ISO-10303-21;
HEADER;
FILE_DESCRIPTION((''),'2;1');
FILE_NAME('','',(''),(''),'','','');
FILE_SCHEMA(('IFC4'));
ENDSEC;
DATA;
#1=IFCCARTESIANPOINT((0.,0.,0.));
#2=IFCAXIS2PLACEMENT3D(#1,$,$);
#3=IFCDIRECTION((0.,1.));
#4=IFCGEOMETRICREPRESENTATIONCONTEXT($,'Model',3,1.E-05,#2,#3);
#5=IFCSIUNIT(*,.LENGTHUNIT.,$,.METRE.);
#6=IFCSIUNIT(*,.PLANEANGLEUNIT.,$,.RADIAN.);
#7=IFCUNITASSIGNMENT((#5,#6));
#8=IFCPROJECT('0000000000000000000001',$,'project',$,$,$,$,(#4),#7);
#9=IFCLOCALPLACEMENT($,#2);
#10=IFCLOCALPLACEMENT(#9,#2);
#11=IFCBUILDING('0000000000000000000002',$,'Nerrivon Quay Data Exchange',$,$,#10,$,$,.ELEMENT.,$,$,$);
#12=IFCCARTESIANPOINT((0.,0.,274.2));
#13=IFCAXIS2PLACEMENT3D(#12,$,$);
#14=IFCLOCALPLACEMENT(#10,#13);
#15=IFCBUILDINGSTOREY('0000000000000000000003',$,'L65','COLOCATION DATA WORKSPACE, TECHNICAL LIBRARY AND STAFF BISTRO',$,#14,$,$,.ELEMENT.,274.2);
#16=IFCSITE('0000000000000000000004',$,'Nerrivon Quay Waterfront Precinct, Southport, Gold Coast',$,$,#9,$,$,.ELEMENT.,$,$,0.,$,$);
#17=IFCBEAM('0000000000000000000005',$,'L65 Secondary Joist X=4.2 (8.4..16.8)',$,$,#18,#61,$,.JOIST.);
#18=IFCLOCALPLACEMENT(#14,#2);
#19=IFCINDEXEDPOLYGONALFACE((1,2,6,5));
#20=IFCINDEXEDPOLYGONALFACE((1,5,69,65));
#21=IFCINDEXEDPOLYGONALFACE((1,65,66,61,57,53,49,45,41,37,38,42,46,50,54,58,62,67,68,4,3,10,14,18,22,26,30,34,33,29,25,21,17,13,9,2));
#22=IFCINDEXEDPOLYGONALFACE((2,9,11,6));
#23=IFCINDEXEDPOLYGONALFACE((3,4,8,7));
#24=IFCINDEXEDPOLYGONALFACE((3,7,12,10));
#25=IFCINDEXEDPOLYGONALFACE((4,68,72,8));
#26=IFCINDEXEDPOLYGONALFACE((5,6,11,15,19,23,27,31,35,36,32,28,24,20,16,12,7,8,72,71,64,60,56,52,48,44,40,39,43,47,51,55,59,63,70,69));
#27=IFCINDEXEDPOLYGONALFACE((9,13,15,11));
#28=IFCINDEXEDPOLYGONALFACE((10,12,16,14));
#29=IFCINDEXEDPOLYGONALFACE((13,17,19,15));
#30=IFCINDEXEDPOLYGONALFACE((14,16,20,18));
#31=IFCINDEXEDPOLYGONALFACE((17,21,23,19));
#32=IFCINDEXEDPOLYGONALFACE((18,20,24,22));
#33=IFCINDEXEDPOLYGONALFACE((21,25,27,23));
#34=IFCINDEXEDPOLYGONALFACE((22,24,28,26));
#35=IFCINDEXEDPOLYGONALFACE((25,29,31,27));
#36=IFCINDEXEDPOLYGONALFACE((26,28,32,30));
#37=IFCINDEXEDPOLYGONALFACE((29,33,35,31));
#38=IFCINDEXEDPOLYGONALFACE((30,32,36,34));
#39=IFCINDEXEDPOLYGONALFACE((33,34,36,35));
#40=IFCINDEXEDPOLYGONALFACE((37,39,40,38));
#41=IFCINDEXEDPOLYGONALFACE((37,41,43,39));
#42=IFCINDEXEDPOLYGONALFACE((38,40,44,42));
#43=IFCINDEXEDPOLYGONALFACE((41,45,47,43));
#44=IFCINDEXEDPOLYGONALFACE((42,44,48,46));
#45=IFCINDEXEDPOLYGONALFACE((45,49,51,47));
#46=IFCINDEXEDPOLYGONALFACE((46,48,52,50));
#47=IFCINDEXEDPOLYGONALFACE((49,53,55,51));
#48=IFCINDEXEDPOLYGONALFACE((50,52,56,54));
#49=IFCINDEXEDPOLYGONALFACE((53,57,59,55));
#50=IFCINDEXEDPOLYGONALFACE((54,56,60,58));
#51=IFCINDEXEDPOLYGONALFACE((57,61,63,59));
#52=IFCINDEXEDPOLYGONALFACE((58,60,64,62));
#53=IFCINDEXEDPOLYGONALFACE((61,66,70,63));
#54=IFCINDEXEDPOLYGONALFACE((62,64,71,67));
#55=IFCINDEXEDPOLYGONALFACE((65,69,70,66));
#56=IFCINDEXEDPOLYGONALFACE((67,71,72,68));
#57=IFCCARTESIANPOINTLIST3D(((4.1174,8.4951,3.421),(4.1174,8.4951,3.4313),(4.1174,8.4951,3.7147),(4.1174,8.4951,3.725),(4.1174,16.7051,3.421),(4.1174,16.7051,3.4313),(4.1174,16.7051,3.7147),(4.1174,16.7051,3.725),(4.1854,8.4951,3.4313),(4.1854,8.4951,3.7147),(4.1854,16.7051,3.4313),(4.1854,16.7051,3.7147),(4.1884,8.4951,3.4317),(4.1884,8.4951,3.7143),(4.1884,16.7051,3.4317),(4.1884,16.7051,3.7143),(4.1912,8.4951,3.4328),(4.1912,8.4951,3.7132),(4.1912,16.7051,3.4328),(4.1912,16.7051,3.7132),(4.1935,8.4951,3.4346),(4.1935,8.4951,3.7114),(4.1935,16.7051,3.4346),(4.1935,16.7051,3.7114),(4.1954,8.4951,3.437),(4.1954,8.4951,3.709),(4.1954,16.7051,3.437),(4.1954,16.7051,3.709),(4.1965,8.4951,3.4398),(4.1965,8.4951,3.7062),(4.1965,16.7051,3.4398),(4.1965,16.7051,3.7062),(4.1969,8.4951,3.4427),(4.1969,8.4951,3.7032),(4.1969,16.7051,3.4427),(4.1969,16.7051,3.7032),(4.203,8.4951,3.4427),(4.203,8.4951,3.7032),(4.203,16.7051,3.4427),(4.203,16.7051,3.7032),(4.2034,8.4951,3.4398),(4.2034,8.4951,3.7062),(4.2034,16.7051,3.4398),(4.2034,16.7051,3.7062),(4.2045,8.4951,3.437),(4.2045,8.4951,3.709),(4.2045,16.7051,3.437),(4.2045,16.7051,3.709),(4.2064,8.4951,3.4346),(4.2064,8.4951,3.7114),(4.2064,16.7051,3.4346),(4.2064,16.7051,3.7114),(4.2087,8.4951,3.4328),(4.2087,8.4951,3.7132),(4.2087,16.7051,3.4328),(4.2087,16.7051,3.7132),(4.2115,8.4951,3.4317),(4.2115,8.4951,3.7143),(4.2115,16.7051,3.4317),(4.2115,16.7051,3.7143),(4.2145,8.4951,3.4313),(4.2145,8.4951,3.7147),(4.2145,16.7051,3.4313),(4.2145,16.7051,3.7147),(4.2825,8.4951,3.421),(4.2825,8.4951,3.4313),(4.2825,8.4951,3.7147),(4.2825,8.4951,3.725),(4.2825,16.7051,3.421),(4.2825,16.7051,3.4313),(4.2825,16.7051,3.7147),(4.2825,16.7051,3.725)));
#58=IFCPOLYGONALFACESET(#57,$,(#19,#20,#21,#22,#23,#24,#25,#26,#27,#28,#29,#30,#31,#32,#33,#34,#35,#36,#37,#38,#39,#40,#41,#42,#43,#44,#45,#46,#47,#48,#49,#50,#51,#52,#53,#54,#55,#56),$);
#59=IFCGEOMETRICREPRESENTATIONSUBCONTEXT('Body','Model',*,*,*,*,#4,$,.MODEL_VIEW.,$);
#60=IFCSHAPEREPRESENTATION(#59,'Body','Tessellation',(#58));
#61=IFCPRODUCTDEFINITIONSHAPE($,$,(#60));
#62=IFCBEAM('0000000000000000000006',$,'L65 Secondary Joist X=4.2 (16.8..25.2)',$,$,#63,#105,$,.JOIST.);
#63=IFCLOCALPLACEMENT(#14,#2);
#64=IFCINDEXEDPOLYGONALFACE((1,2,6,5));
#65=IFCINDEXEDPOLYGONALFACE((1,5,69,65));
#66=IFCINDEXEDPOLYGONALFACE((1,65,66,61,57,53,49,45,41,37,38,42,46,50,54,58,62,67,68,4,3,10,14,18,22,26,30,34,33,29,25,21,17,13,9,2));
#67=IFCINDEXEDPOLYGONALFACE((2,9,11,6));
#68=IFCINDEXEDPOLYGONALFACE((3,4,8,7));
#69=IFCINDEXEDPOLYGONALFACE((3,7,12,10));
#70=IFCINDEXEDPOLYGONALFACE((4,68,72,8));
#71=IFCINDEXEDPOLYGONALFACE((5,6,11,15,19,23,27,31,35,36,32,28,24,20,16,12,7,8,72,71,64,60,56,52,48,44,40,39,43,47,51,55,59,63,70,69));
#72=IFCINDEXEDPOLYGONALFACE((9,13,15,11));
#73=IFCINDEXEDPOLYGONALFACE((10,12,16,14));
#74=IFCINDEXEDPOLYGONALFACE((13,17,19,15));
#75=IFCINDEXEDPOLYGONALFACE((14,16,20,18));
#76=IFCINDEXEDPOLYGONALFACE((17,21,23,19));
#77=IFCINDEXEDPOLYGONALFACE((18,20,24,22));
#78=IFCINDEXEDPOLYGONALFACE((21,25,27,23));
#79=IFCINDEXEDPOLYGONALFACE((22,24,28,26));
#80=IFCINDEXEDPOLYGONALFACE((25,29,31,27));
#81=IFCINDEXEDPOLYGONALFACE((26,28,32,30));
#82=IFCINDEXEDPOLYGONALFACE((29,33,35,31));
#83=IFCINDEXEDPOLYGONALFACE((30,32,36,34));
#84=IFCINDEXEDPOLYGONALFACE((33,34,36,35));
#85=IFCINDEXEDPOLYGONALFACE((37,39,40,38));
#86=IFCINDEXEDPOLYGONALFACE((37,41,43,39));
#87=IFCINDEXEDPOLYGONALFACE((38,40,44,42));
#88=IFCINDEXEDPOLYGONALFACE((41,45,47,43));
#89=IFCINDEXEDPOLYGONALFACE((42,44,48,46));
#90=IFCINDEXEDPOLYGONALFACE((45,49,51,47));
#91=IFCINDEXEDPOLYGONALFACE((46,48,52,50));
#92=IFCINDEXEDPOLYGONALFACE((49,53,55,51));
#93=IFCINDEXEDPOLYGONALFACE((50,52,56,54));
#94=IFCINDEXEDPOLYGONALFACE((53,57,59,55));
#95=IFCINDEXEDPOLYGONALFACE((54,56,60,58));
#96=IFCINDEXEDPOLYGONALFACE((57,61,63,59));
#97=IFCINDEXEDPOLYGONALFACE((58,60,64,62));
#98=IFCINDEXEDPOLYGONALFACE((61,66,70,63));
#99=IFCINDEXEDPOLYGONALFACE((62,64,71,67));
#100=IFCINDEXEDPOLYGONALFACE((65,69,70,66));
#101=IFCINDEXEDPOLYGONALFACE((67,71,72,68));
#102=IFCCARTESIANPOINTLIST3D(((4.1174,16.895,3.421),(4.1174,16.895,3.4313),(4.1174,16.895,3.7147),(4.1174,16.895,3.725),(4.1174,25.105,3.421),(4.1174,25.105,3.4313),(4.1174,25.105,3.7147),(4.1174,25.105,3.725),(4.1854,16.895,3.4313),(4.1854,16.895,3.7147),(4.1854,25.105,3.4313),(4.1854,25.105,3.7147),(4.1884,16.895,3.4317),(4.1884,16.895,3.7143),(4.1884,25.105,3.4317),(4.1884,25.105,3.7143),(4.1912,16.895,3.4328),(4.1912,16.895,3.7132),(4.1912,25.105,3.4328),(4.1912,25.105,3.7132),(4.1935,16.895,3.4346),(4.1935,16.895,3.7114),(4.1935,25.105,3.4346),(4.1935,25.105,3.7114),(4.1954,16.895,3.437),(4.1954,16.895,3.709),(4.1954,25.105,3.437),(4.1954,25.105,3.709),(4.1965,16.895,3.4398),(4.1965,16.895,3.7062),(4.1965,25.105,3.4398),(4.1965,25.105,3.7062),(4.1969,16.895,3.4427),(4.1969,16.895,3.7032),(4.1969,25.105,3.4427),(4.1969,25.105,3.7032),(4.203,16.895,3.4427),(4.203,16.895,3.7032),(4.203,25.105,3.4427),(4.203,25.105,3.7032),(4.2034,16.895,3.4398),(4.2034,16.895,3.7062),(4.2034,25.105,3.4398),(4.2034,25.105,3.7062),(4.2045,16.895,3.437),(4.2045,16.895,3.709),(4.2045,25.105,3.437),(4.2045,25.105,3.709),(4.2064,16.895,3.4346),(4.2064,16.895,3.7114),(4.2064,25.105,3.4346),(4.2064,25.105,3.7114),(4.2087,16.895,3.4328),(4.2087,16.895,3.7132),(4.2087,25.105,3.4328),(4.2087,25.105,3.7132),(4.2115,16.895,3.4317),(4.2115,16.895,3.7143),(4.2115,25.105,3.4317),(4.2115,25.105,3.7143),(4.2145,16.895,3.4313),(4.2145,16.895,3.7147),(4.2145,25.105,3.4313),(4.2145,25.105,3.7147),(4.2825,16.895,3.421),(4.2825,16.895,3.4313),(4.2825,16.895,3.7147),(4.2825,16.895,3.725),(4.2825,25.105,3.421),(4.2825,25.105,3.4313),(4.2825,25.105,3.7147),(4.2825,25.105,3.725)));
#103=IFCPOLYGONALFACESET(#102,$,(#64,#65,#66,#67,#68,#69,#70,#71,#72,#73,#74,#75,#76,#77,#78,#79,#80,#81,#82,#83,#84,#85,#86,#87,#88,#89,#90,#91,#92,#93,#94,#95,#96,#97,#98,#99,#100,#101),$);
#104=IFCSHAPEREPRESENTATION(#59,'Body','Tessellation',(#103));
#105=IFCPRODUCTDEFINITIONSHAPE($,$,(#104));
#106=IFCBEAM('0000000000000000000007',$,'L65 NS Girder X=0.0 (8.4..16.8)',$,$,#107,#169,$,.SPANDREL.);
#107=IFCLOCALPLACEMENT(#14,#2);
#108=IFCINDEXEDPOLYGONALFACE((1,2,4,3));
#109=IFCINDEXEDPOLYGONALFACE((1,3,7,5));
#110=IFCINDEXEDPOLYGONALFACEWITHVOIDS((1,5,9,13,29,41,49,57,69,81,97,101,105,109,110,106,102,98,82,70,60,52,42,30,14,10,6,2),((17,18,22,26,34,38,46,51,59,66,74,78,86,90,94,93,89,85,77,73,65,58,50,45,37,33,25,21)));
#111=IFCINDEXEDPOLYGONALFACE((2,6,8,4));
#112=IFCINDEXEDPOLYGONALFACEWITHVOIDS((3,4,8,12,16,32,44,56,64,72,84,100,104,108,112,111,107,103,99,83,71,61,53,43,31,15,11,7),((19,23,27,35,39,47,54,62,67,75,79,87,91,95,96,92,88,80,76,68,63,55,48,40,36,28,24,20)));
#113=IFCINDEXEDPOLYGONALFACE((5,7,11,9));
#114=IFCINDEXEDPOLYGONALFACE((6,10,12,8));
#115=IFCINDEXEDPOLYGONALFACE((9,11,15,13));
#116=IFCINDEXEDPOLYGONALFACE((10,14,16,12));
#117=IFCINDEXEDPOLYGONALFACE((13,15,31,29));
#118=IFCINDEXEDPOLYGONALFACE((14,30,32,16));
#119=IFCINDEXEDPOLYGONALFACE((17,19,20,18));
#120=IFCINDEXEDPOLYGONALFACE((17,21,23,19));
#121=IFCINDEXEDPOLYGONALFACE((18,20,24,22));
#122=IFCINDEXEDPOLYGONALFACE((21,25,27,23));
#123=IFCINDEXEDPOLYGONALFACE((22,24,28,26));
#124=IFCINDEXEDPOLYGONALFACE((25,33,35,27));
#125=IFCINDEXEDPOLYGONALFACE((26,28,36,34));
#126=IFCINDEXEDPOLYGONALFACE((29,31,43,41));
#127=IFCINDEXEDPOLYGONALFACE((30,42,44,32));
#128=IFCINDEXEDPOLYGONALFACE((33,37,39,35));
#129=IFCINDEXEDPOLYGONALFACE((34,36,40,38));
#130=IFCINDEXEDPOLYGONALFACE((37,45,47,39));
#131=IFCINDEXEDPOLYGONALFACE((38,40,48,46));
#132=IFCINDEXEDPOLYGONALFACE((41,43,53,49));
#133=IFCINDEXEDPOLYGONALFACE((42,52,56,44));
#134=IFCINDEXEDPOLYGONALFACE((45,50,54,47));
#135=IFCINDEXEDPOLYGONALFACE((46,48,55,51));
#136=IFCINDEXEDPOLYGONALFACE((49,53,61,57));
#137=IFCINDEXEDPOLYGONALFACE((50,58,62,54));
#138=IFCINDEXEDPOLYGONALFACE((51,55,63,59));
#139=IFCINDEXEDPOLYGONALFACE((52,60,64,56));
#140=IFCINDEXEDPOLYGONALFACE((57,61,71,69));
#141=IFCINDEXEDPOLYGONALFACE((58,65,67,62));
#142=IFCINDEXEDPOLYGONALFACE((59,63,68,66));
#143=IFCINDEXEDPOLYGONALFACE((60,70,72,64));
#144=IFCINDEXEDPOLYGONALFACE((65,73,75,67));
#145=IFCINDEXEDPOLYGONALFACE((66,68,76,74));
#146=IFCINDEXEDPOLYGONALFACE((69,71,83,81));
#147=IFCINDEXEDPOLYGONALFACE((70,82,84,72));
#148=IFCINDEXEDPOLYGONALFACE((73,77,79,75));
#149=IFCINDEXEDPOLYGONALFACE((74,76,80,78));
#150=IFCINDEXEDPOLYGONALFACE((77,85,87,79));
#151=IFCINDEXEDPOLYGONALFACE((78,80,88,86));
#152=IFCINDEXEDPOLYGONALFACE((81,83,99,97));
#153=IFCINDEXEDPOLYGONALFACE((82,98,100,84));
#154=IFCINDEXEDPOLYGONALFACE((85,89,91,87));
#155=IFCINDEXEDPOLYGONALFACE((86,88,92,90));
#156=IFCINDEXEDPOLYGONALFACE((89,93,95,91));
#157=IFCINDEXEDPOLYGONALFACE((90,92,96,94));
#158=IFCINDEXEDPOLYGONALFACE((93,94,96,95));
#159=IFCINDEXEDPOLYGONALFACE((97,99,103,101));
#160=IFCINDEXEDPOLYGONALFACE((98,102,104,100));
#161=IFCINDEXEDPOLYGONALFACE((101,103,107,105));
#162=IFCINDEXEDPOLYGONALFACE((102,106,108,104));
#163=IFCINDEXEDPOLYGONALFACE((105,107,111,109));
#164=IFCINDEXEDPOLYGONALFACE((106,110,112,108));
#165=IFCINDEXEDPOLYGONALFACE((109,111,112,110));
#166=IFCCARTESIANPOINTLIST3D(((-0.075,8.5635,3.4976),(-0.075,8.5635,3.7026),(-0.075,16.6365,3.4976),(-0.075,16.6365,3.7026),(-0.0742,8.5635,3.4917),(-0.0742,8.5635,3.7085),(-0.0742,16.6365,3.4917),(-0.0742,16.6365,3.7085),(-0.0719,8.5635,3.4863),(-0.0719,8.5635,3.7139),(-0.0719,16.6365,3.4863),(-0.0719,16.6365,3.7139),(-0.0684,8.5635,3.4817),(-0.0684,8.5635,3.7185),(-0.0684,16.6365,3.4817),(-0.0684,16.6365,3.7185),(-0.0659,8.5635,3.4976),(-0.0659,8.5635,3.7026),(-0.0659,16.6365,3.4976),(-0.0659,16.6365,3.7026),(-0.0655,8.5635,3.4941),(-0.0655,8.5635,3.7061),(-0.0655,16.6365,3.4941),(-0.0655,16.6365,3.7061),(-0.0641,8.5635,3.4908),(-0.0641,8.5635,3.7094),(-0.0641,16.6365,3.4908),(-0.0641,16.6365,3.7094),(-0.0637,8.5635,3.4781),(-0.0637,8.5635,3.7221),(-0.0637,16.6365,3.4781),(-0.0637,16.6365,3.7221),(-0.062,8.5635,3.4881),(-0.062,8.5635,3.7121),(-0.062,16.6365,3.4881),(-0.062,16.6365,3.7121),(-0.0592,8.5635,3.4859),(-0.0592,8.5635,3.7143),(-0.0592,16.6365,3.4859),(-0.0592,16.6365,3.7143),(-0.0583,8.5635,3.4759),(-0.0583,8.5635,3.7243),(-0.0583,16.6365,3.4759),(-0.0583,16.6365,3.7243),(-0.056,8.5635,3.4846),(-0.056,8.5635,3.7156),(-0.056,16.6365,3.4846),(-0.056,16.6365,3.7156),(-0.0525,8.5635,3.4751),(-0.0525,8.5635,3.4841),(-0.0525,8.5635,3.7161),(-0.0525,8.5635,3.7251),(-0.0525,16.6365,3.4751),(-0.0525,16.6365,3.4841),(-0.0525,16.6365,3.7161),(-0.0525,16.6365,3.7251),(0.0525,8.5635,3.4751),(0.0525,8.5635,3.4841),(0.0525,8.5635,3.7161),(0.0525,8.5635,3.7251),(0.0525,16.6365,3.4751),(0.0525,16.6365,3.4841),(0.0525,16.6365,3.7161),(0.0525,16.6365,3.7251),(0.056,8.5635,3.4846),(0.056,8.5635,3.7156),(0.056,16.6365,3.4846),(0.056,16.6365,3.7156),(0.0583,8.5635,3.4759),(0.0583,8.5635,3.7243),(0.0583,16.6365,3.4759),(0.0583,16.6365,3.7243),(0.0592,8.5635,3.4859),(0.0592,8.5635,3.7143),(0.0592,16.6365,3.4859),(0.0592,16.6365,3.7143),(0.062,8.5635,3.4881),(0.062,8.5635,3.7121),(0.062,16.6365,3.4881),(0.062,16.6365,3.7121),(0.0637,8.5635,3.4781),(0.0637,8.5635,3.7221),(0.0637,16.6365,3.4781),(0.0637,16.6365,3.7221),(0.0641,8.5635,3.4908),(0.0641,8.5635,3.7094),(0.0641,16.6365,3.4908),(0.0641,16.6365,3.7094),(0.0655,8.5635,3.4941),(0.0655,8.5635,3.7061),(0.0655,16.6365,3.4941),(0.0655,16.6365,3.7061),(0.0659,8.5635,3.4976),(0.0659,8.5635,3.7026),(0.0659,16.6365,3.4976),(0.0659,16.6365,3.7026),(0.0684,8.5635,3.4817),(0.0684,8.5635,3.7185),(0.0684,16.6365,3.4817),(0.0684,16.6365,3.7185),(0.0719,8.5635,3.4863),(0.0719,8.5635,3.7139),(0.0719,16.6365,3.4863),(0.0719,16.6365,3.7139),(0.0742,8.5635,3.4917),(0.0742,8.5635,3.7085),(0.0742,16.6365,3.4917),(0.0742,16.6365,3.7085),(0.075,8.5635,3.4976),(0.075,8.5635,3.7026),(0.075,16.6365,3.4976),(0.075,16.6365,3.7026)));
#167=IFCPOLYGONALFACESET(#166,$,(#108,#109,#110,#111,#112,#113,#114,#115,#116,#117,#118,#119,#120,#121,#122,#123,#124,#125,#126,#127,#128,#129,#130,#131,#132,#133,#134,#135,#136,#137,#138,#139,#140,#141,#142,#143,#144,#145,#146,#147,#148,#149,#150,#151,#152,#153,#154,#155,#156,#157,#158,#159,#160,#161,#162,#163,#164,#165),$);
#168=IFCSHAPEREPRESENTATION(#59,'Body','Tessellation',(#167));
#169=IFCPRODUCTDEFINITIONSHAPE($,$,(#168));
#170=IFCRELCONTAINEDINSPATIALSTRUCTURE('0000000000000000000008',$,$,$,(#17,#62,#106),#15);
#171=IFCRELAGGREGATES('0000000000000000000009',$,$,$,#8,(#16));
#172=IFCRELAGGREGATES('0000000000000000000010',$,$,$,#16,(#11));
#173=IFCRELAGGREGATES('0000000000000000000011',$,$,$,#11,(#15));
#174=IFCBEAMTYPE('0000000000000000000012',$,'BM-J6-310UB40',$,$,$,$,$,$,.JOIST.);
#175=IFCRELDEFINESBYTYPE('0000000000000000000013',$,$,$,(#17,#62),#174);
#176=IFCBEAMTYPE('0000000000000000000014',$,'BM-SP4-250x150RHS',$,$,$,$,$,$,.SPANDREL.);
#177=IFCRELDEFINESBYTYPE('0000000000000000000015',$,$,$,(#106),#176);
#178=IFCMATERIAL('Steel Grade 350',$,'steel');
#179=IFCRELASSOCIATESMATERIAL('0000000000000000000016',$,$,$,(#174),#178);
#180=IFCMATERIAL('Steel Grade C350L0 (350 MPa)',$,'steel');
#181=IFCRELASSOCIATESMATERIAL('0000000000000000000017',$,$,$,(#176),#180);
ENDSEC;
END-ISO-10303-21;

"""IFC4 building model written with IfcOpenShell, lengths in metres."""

from ifc_helpers import new_model, si_unit, direction, frame, origin, origin_2d, place, context, subcontext, project, spatial, hollow_rectangle, i_section, extrude, material, material_profile, profile_set, type_object, element, save


model = new_model("IFC4")

# Units and contexts
model_context = context("Model", 3, precision=1e-05, world=origin(), true_north=direction((0.0, 1.0)))
body_context = subcontext(model_context, "Body", "Model", "MODEL_VIEW")
ifc_project = project(units=[si_unit("LENGTHUNIT", "METRE"), si_unit("PLANEANGLEUNIT", "RADIAN")], contexts=[model_context])

# Site, building, storey
site_placement = place(None, origin())
site = spatial("IfcSite", under=ifc_project, at=site_placement, Name="Nerrivon Quay Waterfront Precinct, Southport, Gold Coast", CompositionType="ELEMENT", RefElevation=0.0)
building_placement = place(site_placement, origin())
building = spatial("IfcBuilding", under=site, at=building_placement, Name="Nerrivon Quay Data Exchange", CompositionType="ELEMENT")
storey_placement = place(building_placement, frame((0.0, 0.0, 274.2)))
storey = spatial("IfcBuildingStorey", under=building, at=storey_placement, Name="L65", Description="COLOCATION DATA WORKSPACE, TECHNICAL LIBRARY AND STAFF BISTRO", CompositionType="ELEMENT", Elevation=274.2)

# Shared definitions
ifc_material_1 = material(Name="Steel Grade 350", Category="steel")

# Beams
ifc_material_profile_1 = material_profile(ifc_material_1, i_section(OverallWidth=0.165, OverallDepth=0.304, WebThickness=0.0061, FlangeThickness=0.0103, FilletRadius=0.0115, at=origin_2d()), Name="310UB40.4")
ifc_profile_set_1 = profile_set([ifc_material_profile_1], Name="Steel Grade 350")
beam_type_1 = type_object("IfcBeamType", Name="BM-J6-310UB40", PredefinedType="JOIST", material=ifc_profile_set_1)
for number, where, z_axis, x_axis, name in (
    (1, (4.2, 8.4951, 3.573), (0.0, 1.0, 0.0), (-1.0, 0.0, 0.0), "L65 Secondary Joist X=4.2 (8.4..16.8)"),
    (2, (4.2, 16.895, 3.573), (0.0, 1.0, 0.0), (-1.0, 0.0, 0.0), "L65 Secondary Joist X=4.2 (16.8..25.2)"),
):
    element("IfcBeam", number, at=place(storey_placement, frame(where, z_axis=z_axis, x_axis=x_axis)), inside=storey, type_object=beam_type_1, Name=name, PredefinedType="JOIST", context=body_context, shape_type="SweptSolid", body=[
        extrude(i_section(OverallWidth=0.165, OverallDepth=0.304, WebThickness=0.0061, FlangeThickness=0.0103, FilletRadius=0.0115, at=origin_2d()), origin(), (0.0, 0.0, 1.0), 8.21),
    ])
ifc_material_2 = material(Name="Steel Grade C350L0 (350 MPa)", Category="steel")
ifc_material_profile_2 = material_profile(ifc_material_2, hollow_rectangle(XDim=0.1499, YDim=0.25, WallThickness=0.009, InnerFilletRadius=0.0134, OuterFilletRadius=0.0225, at=origin_2d()), Name="250x150x9.0RHS")
ifc_profile_set_2 = profile_set([ifc_material_profile_2], Name="Steel Grade C350L0 (350 MPa)")
beam_type_2 = type_object("IfcBeamType", Name="BM-SP4-250x150RHS", PredefinedType="SPANDREL", material=ifc_profile_set_2)
beam_1_placement = place(storey_placement, frame((0.0, 8.5635, 3.6001), z_axis=(0.0, 1.0, 0.0), x_axis=(-1.0, 0.0, 0.0)))
element("IfcBeam", 3, at=beam_1_placement, inside=storey, type_object=beam_type_2, Name="L65 NS Girder X=0.0 (8.4..16.8)", PredefinedType="SPANDREL", context=body_context, shape_type="SweptSolid", body=[
    extrude(hollow_rectangle(XDim=0.1499, YDim=0.25, WallThickness=0.009, InnerFilletRadius=0.0134, OuterFilletRadius=0.0225, at=origin_2d()), origin(), (0.0, 0.0, 1.0), 8.073),
])

save(model, "model.ifc")
